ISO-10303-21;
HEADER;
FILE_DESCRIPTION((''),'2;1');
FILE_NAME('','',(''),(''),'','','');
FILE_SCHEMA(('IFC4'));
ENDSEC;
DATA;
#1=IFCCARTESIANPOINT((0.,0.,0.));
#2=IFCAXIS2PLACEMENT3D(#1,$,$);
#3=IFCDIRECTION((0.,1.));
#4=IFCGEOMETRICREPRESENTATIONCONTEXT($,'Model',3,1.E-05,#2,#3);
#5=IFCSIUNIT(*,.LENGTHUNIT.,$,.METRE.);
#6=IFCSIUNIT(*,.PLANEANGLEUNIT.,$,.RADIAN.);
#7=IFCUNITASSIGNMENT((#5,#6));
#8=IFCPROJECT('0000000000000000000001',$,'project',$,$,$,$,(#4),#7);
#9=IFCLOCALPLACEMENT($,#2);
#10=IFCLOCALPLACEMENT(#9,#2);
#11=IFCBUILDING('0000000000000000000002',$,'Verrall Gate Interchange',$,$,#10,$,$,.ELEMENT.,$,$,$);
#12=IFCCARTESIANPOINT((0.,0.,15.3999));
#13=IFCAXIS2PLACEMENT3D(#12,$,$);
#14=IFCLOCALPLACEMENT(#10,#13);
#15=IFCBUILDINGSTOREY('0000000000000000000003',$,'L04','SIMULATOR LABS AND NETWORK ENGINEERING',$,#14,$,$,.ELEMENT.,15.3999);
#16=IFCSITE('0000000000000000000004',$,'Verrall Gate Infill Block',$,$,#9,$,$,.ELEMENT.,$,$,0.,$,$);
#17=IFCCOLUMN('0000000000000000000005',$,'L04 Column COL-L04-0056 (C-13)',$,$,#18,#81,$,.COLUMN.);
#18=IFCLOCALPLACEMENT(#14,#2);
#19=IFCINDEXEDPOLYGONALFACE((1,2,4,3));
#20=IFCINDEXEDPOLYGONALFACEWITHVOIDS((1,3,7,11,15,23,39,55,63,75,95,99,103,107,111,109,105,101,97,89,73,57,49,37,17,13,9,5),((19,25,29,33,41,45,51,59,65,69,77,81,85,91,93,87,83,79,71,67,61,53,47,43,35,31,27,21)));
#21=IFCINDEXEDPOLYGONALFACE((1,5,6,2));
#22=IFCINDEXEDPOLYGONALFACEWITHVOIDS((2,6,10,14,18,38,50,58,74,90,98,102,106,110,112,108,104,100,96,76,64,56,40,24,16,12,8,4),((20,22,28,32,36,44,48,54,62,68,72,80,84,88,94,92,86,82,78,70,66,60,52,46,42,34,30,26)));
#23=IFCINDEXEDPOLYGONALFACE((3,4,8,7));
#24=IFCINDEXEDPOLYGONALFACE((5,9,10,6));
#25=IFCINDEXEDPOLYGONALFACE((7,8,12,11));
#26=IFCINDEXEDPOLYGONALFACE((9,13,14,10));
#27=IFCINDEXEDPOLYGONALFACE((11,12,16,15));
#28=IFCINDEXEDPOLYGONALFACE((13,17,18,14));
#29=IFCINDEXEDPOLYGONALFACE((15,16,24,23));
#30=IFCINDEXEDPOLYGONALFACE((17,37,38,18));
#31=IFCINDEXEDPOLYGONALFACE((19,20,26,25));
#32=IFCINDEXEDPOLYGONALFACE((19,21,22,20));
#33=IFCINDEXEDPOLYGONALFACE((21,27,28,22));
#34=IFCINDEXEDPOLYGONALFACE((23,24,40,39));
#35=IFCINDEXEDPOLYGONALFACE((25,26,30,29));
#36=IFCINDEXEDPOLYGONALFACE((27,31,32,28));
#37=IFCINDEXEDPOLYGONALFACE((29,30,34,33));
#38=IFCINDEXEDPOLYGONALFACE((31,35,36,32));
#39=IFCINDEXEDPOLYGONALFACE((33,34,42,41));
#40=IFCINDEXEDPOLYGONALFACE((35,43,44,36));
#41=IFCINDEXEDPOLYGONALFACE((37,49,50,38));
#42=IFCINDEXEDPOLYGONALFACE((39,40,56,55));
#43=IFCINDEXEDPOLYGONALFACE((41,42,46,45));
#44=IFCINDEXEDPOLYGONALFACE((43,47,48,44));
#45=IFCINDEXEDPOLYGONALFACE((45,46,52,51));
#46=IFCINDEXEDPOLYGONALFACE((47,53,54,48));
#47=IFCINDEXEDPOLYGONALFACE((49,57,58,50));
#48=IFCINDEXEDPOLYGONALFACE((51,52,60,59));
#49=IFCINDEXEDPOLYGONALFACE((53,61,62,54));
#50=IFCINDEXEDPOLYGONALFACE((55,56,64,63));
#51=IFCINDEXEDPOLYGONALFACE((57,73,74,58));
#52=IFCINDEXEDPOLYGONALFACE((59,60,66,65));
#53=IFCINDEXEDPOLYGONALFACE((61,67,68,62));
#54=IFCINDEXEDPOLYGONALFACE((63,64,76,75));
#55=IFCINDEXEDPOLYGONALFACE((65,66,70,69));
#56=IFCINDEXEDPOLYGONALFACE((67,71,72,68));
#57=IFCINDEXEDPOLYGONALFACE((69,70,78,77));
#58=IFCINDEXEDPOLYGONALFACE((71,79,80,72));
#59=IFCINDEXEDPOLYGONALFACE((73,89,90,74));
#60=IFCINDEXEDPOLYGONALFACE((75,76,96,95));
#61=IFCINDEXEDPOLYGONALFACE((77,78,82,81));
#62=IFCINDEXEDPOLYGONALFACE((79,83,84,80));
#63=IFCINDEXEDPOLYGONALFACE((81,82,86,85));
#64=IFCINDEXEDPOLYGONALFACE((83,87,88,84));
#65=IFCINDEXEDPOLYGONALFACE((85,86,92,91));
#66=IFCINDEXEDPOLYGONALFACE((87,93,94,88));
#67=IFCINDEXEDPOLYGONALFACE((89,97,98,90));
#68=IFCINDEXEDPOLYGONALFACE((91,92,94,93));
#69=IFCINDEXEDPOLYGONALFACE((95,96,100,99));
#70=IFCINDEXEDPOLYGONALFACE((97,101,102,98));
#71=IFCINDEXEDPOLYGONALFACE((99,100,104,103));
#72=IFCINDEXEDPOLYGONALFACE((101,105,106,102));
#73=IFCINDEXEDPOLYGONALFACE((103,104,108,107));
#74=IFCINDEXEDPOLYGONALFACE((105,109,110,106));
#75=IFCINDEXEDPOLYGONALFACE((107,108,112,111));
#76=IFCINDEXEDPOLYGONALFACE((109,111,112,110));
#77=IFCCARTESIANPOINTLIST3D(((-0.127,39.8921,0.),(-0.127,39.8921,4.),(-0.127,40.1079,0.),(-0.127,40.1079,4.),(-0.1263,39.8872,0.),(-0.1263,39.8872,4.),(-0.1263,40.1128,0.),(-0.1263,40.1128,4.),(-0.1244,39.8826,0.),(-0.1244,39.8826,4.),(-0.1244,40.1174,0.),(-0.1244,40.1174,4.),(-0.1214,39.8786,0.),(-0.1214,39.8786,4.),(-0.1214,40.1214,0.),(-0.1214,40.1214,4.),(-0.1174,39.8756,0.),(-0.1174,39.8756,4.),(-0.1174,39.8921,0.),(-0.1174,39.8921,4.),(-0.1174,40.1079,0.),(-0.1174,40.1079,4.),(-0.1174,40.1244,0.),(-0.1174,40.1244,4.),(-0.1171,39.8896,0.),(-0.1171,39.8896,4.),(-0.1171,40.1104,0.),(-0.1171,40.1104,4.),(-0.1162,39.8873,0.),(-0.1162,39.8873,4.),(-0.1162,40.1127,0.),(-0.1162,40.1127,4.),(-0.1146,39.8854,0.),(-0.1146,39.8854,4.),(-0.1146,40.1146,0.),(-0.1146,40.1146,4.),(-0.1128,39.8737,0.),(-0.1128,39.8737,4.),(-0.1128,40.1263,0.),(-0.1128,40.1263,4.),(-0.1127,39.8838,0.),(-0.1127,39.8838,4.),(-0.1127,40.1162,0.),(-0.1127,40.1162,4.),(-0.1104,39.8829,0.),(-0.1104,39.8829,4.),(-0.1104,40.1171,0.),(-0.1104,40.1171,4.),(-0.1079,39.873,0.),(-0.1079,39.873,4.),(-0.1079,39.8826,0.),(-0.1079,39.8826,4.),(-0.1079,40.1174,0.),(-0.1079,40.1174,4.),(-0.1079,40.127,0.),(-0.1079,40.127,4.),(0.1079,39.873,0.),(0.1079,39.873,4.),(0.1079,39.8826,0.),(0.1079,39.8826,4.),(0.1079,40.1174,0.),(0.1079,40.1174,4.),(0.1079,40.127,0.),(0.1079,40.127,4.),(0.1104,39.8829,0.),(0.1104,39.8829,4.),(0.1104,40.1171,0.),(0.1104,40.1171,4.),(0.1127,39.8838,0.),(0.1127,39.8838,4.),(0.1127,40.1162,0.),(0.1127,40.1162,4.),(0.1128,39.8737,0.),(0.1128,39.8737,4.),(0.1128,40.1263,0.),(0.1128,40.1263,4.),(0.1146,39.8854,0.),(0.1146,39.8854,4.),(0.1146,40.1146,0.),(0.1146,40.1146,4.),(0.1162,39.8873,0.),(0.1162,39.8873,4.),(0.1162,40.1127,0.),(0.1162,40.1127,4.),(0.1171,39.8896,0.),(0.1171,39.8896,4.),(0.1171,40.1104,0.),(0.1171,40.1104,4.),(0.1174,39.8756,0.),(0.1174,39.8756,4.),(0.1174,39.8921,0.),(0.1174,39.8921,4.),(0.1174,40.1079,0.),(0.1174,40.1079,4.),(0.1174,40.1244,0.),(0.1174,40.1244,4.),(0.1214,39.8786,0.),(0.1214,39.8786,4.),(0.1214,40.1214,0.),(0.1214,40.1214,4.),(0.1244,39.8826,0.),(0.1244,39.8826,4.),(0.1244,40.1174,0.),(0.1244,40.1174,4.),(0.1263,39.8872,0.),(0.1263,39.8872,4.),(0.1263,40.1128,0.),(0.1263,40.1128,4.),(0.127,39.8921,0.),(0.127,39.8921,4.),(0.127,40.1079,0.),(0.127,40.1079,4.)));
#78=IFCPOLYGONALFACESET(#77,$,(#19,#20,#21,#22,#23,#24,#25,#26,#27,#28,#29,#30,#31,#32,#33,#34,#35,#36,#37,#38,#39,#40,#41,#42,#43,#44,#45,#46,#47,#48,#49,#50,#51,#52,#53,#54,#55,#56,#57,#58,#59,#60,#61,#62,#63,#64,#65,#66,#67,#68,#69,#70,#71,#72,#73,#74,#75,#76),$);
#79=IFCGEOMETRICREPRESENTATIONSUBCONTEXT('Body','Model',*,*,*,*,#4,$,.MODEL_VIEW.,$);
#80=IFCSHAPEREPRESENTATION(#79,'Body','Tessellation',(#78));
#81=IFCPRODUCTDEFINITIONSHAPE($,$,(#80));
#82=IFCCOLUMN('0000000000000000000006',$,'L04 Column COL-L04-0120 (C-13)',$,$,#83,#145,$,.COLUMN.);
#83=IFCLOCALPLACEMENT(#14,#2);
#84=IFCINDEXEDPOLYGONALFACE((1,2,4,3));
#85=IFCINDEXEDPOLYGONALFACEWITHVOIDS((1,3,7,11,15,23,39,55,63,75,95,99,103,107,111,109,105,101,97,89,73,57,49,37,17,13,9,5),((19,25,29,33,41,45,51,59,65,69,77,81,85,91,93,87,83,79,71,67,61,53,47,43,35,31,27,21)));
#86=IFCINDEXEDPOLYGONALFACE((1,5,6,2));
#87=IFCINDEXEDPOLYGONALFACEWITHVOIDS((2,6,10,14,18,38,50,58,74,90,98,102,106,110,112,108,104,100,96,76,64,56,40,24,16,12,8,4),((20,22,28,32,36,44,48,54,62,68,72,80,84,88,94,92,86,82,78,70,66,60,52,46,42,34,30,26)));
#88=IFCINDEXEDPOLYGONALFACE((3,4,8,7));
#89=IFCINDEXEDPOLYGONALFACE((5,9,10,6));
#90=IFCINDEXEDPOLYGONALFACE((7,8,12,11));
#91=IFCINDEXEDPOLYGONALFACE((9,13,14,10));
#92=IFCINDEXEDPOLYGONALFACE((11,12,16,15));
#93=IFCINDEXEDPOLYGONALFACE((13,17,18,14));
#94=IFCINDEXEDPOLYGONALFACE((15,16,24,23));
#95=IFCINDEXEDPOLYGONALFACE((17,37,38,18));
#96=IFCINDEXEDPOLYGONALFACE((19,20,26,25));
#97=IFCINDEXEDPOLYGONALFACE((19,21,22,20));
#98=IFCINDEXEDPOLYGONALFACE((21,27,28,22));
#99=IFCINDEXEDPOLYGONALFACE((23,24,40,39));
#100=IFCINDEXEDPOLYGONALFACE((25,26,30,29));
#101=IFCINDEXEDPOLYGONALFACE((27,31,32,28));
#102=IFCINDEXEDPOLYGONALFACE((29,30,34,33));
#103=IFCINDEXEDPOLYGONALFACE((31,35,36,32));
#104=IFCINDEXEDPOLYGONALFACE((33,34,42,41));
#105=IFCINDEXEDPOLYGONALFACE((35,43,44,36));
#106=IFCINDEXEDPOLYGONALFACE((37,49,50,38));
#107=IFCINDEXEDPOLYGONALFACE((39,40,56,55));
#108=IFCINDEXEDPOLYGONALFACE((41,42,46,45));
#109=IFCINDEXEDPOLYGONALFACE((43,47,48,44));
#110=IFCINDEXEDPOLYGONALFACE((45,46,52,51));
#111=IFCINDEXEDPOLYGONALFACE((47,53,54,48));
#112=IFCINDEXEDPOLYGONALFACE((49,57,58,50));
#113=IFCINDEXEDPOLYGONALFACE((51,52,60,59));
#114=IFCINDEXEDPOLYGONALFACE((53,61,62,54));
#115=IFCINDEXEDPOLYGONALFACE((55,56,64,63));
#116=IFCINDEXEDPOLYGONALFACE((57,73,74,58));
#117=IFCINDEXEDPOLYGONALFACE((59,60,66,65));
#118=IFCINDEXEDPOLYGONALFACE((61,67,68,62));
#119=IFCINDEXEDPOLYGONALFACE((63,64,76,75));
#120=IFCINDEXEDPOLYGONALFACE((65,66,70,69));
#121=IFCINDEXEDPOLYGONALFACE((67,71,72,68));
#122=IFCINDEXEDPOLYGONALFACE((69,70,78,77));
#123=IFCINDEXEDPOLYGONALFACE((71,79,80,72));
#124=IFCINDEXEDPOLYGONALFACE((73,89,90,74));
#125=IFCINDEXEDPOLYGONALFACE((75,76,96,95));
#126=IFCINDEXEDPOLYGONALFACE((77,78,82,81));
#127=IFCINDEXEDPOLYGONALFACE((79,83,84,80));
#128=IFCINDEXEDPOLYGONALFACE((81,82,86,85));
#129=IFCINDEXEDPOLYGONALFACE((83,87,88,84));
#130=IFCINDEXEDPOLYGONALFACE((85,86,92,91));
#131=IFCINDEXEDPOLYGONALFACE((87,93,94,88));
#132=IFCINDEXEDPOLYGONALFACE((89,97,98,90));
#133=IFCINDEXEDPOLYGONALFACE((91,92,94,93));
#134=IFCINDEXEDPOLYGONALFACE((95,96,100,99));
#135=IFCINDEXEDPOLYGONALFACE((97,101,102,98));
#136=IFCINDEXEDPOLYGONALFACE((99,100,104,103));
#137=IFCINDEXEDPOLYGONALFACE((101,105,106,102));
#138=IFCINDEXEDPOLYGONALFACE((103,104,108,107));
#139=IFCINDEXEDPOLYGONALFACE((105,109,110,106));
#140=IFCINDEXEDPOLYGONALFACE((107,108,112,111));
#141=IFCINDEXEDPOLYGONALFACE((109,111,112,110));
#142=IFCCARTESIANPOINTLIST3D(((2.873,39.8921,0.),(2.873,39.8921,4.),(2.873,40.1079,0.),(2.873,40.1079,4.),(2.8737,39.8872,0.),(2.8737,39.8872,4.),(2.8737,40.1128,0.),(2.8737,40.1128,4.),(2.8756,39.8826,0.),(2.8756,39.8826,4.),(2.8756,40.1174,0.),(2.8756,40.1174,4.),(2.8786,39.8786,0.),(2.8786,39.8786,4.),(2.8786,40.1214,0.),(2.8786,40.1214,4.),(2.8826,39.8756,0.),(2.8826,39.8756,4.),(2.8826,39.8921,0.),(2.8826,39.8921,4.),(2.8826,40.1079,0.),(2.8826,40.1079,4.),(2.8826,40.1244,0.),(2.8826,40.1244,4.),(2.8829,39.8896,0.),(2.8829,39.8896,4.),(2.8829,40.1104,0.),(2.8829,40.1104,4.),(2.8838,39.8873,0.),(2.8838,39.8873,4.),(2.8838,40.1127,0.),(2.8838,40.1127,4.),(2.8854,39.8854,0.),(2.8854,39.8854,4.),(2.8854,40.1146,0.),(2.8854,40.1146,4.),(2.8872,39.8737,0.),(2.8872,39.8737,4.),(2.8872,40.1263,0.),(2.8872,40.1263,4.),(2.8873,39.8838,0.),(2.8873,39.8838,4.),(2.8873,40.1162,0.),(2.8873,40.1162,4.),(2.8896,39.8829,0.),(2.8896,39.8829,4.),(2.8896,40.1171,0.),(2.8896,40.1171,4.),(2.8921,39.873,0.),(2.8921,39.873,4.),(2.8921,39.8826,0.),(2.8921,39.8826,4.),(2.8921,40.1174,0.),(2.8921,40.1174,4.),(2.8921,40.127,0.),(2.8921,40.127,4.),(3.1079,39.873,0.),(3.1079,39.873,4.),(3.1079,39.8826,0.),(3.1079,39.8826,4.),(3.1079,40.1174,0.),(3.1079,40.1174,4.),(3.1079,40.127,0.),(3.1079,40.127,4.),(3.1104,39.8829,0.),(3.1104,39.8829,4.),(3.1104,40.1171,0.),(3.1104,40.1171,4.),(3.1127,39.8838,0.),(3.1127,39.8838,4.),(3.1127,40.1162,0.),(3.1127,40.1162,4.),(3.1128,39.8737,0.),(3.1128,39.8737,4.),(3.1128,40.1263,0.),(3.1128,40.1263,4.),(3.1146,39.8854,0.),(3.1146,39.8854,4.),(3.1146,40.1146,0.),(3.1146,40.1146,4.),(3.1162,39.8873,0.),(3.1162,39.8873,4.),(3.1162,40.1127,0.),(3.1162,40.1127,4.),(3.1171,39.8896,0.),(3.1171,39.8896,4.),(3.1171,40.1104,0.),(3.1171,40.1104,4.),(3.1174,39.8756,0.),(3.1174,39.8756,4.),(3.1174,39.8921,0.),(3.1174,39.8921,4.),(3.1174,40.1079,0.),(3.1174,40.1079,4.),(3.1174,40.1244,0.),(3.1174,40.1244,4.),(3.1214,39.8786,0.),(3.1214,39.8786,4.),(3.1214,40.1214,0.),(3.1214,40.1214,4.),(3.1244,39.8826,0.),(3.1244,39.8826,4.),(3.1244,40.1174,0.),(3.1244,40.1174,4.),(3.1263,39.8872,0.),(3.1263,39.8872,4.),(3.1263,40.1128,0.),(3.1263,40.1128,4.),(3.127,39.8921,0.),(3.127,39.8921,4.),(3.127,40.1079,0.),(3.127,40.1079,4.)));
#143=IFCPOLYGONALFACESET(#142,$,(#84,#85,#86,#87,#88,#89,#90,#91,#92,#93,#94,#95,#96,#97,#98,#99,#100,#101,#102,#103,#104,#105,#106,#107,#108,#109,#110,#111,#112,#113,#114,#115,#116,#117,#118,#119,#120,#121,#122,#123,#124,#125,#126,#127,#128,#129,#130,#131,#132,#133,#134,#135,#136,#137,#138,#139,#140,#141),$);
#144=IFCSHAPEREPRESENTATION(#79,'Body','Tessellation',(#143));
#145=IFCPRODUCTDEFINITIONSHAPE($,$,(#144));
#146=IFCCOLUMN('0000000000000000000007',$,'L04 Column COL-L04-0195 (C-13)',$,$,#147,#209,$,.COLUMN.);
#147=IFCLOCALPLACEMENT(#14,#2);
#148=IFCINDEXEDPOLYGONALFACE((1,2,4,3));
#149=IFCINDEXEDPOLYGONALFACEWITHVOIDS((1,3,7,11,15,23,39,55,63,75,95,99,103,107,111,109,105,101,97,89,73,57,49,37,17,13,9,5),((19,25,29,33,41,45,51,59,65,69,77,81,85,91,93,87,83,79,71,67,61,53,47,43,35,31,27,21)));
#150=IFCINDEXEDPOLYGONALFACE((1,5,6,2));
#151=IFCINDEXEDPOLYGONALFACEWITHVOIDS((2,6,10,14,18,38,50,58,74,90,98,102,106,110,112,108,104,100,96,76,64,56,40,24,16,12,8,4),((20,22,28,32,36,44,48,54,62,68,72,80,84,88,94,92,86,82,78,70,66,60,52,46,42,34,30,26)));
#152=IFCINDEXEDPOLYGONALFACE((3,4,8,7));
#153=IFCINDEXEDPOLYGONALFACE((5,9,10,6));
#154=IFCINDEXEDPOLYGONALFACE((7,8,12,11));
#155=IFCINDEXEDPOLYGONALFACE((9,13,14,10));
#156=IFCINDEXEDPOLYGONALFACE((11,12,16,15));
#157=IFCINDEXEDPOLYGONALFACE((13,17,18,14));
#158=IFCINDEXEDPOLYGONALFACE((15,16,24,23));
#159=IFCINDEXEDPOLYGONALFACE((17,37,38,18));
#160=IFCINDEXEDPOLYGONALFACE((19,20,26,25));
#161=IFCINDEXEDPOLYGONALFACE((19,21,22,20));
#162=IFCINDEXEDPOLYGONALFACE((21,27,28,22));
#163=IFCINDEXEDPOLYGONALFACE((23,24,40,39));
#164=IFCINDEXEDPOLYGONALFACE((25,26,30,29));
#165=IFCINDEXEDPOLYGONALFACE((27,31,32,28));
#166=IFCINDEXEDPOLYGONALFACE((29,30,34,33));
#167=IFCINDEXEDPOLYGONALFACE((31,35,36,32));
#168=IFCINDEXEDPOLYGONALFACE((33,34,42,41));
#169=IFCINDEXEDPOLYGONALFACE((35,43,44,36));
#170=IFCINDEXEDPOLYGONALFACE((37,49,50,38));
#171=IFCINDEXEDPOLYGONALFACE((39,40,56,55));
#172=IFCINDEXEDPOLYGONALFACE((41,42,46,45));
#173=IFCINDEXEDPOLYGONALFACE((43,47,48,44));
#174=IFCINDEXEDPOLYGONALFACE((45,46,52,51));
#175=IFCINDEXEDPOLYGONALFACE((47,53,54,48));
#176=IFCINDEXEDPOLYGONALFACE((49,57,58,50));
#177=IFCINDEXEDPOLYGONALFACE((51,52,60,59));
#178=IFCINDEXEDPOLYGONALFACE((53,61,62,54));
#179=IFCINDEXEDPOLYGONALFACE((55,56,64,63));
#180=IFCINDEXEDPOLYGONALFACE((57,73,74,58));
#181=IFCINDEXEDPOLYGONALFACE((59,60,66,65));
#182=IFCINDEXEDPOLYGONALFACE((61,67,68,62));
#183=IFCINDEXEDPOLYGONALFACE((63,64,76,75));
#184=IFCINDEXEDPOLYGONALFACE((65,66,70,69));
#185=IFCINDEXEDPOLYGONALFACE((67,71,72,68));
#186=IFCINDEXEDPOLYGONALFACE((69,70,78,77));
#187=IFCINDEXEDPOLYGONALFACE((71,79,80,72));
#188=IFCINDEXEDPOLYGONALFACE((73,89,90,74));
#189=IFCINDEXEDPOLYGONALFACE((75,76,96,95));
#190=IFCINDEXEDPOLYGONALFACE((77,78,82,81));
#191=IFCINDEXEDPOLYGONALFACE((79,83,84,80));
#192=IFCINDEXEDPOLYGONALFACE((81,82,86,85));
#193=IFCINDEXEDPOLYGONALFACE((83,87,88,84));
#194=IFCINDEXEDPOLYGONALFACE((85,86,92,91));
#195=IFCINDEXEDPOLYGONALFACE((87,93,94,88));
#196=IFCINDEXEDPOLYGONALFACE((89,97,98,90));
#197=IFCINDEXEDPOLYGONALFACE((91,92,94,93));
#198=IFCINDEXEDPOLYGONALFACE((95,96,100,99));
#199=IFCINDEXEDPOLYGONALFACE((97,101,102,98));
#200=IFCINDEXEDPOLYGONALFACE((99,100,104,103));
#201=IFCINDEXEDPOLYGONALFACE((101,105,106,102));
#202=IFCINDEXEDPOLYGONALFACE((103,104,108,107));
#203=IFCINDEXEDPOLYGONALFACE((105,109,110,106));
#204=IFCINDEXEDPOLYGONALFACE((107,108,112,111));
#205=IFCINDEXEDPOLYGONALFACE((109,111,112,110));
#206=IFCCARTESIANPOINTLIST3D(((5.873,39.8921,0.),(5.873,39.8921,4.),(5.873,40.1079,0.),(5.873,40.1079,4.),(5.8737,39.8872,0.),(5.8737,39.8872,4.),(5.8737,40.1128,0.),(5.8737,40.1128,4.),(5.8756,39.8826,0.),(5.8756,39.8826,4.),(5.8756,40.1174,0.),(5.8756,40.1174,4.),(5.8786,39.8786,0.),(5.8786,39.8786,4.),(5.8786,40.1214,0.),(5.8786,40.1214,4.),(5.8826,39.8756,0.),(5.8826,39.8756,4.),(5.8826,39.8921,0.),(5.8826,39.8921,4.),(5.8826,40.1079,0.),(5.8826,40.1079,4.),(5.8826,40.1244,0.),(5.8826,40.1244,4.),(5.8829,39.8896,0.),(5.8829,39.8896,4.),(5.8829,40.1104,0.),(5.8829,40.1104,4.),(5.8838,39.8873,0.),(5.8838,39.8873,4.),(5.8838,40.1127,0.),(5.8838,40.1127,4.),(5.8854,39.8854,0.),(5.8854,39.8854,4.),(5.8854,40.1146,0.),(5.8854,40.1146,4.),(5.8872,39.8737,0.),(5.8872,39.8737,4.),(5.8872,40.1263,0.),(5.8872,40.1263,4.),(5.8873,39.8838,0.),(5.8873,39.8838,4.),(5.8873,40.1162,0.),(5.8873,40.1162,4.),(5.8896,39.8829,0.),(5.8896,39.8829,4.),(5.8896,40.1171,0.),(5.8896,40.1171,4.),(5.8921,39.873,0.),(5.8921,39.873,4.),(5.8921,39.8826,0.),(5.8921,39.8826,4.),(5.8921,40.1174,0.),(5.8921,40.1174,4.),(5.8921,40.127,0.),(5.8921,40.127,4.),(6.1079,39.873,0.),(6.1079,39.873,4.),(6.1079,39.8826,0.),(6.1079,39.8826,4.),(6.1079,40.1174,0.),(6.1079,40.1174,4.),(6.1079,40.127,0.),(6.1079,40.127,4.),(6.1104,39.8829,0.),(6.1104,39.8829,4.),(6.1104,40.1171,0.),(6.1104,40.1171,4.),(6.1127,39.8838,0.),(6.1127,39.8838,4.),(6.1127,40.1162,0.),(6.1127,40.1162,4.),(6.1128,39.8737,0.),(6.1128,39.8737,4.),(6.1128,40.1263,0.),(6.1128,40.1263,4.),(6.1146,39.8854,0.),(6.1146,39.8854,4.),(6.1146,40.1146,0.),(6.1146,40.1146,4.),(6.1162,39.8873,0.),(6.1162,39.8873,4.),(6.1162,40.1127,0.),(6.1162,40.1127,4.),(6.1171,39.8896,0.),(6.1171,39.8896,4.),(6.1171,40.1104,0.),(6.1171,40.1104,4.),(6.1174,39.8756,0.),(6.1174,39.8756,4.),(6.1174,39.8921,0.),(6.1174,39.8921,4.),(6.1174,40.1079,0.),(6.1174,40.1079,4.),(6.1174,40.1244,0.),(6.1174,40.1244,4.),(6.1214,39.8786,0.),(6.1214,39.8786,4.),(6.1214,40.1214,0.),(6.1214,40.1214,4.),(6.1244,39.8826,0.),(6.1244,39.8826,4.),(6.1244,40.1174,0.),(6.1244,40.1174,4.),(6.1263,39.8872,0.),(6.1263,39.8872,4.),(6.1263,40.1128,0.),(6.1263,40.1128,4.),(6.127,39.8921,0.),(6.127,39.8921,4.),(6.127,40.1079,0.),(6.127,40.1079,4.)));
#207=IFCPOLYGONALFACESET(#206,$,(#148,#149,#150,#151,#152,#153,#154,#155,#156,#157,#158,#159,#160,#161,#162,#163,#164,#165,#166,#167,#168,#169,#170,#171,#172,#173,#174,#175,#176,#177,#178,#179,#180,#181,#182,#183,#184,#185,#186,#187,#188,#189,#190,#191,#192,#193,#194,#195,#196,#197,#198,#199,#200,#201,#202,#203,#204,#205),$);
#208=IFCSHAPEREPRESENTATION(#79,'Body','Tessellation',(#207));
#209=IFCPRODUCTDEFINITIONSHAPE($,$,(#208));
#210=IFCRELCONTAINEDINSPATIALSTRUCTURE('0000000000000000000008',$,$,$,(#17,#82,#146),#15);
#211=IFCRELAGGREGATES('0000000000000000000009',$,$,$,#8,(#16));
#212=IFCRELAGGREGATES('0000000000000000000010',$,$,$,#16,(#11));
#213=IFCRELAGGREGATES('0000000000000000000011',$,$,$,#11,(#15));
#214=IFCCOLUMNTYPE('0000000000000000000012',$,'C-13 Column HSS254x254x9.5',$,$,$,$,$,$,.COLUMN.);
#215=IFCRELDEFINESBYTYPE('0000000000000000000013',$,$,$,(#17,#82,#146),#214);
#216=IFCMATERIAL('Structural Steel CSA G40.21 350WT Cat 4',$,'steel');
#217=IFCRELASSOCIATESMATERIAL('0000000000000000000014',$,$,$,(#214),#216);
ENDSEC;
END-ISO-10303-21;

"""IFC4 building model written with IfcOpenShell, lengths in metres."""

from ifc_helpers import new_model, si_unit, direction, frame, origin, origin_2d, place, context, subcontext, project, spatial, hollow_rectangle, extrude, material, material_profile, profile_set, type_object, element, save


model = new_model("IFC4")

# Units and contexts
model_context = context("Model", 3, precision=1e-05, world=origin(), true_north=direction((0.0, 1.0)))
body_context = subcontext(model_context, "Body", "Model", "MODEL_VIEW")
ifc_project = project(units=[si_unit("LENGTHUNIT", "METRE"), si_unit("PLANEANGLEUNIT", "RADIAN")], contexts=[model_context])

# Site, building, storey
site_placement = place(None, origin())
site = spatial("IfcSite", under=ifc_project, at=site_placement, Name="Verrall Gate Infill Block", CompositionType="ELEMENT", RefElevation=0.0)
building_placement = place(site_placement, origin())
building = spatial("IfcBuilding", under=site, at=building_placement, Name="Verrall Gate Interchange", CompositionType="ELEMENT")
storey_placement = place(building_placement, frame((0.0, 0.0, 15.3999)))
storey = spatial("IfcBuildingStorey", under=building, at=storey_placement, Name="L04", Description="SIMULATOR LABS AND NETWORK ENGINEERING", CompositionType="ELEMENT", Elevation=15.3999)

# Columns
ifc_material_1 = material(Name="Structural Steel CSA G40.21 350WT Cat 4", Category="steel")
ifc_material_profile_1 = material_profile(ifc_material_1, hollow_rectangle(XDim=0.2539, YDim=0.2539, WallThickness=0.0095, InnerFilletRadius=0.0095, OuterFilletRadius=0.019, at=origin_2d()), Name="HSS254x254x9.5")
ifc_profile_set_1 = profile_set([ifc_material_profile_1], Name="Structural Steel CSA G40.21 350WT Cat 4")
column_type = type_object("IfcColumnType", Name="C-13 Column HSS254x254x9.5", PredefinedType="COLUMN", material=ifc_profile_set_1)
for number, where, z_axis, x_axis, name in (
    (1, (0.0, 40.0, 0.0), (0.0, 0.0, 1.0), (1.0, 0.0, 0.0), "L04 Column COL-L04-0056 (C-13)"),
    (2, (3.0, 40.0, 0.0), (0.0, 0.0, 1.0), (1.0, 0.0, 0.0), "L04 Column COL-L04-0120 (C-13)"),
    (3, (6.0, 40.0, 0.0), (0.0, 0.0, 1.0), (1.0, 0.0, 0.0), "L04 Column COL-L04-0195 (C-13)"),
):
    element("IfcColumn", number, at=place(storey_placement, frame(where, z_axis=z_axis, x_axis=x_axis)), inside=storey, type_object=column_type, Name=name, PredefinedType="COLUMN", context=body_context, shape_type="SweptSolid", body=[
        extrude(hollow_rectangle(XDim=0.2539, YDim=0.2539, WallThickness=0.0095, InnerFilletRadius=0.0095, OuterFilletRadius=0.019, at=origin_2d()), origin(), (0.0, 0.0, 1.0), 4.0),
    ])

save(model, "model.ifc")
